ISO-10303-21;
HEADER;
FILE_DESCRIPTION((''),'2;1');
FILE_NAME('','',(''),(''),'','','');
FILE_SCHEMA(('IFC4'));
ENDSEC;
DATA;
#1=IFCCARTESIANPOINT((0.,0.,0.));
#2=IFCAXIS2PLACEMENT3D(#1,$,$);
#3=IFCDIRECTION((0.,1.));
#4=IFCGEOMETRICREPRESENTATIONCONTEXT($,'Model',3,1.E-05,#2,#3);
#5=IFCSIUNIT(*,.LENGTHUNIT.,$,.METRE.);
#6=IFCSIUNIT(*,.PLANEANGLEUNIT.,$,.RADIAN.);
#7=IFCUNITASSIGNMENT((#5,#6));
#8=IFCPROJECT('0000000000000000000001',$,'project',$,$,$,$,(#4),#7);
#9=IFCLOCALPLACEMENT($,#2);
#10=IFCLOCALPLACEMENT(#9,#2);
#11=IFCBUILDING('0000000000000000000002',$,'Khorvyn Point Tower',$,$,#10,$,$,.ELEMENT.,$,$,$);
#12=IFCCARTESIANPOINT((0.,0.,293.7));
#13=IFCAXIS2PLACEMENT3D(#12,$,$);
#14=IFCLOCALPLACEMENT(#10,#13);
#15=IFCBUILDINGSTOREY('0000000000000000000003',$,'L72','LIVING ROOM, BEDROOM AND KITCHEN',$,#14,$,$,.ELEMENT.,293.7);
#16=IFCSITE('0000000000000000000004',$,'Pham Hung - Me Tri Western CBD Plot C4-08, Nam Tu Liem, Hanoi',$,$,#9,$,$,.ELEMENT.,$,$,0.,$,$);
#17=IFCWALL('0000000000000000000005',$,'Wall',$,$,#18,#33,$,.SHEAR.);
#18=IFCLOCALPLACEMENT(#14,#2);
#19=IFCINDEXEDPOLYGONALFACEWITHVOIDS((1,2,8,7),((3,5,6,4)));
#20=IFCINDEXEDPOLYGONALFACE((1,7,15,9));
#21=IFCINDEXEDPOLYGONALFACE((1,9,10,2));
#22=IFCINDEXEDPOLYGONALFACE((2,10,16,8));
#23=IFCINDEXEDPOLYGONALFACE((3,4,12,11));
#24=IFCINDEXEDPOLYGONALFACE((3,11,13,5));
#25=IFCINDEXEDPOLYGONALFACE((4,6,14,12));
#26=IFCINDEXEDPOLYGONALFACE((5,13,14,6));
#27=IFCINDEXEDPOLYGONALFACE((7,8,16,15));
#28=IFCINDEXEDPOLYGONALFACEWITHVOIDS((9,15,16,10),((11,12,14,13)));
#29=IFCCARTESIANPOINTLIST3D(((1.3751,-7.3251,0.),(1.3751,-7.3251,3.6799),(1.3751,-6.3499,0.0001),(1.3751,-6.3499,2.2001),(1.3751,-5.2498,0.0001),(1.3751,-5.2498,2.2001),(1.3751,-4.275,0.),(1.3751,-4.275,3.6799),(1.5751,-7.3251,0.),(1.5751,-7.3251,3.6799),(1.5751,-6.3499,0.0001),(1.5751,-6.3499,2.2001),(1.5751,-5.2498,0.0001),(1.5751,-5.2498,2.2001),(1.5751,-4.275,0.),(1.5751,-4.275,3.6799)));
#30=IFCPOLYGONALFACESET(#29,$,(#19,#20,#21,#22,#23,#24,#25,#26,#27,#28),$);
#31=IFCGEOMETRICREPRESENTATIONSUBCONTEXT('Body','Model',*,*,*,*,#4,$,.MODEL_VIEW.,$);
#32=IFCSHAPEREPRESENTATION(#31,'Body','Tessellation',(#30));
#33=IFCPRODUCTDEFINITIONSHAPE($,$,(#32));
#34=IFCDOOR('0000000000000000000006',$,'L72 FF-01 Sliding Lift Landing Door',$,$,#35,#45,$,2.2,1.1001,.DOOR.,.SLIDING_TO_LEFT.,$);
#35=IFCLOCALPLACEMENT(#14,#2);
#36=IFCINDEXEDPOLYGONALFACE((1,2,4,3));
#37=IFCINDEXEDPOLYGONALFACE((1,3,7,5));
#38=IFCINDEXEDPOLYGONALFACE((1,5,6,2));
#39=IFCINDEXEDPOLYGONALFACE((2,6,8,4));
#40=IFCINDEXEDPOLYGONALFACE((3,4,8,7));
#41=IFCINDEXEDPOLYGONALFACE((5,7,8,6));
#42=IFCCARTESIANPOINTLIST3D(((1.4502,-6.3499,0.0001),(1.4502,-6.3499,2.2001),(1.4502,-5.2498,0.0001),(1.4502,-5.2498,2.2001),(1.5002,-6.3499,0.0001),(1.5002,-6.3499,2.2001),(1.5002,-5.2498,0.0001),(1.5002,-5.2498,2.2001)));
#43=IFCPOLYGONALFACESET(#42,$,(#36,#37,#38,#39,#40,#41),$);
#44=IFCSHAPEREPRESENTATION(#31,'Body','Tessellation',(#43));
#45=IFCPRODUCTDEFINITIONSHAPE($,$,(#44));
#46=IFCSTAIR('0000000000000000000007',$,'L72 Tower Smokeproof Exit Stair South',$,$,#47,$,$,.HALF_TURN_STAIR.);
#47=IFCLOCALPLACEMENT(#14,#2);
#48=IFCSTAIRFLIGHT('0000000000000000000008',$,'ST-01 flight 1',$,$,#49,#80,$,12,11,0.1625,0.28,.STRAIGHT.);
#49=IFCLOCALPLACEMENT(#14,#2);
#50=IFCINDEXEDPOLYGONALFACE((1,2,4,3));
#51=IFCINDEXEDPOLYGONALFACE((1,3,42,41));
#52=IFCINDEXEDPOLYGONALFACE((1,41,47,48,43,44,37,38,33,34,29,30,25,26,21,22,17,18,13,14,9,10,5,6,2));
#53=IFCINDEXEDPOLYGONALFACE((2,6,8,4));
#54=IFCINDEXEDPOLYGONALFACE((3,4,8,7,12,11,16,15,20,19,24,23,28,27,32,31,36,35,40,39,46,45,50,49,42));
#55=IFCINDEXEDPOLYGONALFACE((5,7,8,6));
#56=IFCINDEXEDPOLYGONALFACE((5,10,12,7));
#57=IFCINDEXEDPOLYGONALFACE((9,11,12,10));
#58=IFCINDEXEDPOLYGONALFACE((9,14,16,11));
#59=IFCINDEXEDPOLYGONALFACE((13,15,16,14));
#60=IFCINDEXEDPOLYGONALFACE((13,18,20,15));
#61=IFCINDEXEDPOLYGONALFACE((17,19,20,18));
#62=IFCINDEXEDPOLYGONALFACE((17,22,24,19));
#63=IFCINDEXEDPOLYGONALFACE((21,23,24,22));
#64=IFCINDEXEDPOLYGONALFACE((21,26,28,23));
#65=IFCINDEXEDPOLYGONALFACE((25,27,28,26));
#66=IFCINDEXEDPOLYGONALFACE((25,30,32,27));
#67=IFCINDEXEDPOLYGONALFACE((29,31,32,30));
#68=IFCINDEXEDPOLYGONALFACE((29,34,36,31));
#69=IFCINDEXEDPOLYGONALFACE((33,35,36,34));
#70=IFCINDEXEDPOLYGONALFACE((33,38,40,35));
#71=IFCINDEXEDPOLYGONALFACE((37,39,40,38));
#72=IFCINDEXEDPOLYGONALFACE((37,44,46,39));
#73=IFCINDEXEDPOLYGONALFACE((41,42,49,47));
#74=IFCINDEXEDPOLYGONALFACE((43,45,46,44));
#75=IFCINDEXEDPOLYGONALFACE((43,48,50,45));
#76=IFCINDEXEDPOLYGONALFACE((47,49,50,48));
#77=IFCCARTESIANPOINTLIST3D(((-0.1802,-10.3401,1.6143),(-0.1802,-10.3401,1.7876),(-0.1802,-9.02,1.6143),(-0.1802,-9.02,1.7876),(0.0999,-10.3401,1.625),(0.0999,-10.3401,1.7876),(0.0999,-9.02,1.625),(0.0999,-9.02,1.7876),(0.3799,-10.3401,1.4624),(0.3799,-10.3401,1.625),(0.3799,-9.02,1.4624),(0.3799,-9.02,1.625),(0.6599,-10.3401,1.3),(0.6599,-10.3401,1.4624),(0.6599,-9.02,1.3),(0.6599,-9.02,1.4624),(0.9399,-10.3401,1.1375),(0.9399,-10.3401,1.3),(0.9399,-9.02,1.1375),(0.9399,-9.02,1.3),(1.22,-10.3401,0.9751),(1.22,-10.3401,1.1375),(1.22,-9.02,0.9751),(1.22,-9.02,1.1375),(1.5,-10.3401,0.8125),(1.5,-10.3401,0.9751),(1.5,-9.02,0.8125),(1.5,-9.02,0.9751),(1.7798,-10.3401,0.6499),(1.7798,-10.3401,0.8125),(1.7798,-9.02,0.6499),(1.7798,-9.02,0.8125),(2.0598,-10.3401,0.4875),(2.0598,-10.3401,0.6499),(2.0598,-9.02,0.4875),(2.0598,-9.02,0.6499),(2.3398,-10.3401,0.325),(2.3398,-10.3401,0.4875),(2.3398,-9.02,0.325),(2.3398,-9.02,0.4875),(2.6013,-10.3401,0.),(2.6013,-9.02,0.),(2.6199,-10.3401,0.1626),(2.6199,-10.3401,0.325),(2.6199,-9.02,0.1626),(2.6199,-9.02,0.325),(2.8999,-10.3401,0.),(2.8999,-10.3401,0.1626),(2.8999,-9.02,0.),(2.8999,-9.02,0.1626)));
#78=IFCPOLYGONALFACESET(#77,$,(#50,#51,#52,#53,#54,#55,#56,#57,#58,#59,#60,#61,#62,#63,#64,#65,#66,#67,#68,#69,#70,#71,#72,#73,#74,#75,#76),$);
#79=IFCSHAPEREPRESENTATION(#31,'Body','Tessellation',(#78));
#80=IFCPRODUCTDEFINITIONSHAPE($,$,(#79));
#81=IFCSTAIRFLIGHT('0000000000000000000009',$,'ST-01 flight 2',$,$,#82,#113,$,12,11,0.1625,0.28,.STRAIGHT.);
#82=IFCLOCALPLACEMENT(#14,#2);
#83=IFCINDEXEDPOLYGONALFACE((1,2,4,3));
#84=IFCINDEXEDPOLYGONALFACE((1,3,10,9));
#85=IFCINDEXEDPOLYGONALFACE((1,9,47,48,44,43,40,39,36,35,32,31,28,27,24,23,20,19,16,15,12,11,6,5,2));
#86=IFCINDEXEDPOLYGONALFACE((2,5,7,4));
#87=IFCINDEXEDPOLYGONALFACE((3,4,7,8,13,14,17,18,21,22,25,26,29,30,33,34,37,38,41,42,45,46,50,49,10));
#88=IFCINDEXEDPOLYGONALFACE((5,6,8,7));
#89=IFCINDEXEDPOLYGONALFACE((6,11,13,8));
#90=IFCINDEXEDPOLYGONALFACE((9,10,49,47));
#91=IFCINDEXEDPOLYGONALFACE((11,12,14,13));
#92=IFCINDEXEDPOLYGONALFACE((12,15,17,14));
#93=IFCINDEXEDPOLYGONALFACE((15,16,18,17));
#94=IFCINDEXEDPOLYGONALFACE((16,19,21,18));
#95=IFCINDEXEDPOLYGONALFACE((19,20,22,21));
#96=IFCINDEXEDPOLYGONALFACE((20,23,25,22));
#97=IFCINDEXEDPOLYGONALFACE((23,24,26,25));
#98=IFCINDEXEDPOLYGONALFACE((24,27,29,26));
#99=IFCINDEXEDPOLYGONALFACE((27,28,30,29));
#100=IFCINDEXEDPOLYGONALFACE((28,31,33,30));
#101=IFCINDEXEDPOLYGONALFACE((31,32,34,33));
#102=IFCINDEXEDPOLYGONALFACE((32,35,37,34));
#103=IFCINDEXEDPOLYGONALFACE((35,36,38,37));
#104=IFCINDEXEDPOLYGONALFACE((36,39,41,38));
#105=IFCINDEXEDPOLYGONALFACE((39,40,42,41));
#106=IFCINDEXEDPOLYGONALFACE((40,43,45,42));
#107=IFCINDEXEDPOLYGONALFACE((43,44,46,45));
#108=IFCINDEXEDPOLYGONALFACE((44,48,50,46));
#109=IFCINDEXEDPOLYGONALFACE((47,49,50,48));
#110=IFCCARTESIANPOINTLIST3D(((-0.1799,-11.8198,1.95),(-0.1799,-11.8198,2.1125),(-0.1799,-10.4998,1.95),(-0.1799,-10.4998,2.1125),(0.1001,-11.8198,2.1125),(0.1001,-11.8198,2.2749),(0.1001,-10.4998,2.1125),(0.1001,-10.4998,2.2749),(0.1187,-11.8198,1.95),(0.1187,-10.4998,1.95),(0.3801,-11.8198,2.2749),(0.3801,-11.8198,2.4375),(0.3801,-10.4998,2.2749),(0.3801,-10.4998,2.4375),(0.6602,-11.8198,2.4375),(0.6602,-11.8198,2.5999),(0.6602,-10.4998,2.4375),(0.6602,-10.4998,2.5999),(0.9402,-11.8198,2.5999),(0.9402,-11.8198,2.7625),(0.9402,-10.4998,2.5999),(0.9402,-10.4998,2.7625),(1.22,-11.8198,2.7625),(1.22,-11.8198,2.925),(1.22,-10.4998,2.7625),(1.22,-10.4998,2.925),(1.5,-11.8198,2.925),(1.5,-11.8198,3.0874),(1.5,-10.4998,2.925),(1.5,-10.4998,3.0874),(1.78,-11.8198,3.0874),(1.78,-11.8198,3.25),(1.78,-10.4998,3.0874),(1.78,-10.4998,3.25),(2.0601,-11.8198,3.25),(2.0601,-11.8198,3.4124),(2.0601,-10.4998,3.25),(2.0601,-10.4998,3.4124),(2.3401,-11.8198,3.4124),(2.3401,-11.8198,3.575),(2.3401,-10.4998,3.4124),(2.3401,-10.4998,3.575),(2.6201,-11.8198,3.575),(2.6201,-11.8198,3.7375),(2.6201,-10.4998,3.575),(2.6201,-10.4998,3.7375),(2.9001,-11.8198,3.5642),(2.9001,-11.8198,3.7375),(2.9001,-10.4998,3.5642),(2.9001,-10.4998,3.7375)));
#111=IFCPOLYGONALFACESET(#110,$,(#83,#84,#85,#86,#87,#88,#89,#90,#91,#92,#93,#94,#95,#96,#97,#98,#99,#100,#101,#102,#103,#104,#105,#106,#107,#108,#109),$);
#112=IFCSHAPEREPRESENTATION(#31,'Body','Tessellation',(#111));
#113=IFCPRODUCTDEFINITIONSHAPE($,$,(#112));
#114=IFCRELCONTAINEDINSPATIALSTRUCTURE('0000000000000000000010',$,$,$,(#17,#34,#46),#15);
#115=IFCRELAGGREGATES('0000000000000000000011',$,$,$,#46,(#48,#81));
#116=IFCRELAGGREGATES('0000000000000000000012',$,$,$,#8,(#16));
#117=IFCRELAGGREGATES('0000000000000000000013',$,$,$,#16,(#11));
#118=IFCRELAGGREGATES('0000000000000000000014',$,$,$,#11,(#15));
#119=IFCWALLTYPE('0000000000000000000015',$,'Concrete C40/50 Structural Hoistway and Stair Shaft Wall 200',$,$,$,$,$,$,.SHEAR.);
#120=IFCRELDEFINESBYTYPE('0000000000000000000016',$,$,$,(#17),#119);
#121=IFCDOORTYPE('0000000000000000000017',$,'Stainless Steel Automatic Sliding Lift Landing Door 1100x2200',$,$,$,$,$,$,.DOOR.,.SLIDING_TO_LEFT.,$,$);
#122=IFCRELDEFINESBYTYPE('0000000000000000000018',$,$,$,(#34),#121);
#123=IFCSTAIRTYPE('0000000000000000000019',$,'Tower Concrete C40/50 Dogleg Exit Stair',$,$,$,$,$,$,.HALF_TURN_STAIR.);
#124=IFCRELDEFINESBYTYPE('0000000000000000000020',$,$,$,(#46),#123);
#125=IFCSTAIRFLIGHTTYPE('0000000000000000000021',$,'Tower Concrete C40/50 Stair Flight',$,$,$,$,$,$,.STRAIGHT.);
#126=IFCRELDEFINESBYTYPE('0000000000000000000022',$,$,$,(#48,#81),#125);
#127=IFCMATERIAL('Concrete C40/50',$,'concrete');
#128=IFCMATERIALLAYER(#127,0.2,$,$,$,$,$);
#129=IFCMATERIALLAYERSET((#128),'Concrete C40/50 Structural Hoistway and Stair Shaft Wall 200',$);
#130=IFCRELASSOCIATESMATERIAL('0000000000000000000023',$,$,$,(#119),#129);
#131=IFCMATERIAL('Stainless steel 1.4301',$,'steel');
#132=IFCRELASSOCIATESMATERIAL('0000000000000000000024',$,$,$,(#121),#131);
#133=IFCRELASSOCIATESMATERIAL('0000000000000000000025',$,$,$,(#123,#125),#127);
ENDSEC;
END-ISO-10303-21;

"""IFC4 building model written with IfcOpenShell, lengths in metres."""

from ifc_helpers import new_model, si_unit, direction, frame, frame_2d, origin, place, context, subcontext, project, spatial, polyline, rectangle, outline, extrude, material, layer, layer_set, type_object, element, fill, aggregate, save


model = new_model("IFC4")

# Units and contexts
model_context = context("Model", 3, precision=1e-05, world=origin(), true_north=direction((0.0, 1.0)))
body_context = subcontext(model_context, "Body", "Model", "MODEL_VIEW")
ifc_project = project(units=[si_unit("LENGTHUNIT", "METRE"), si_unit("PLANEANGLEUNIT", "RADIAN")], contexts=[model_context])

# Site, building, storey
site_placement = place(None, origin())
site = spatial("IfcSite", under=ifc_project, at=site_placement, Name="Pham Hung - Me Tri Western CBD Plot C4-08, Nam Tu Liem, Hanoi", CompositionType="ELEMENT", RefElevation=0.0)
building_placement = place(site_placement, origin())
building = spatial("IfcBuilding", under=site, at=building_placement, Name="Khorvyn Point Tower", CompositionType="ELEMENT")
storey_placement = place(building_placement, frame((0.0, 0.0, 293.7)))
storey = spatial("IfcBuildingStorey", under=building, at=storey_placement, Name="L72", Description="LIVING ROOM, BEDROOM AND KITCHEN", CompositionType="ELEMENT", Elevation=293.7)

# Shared definitions
ifc_material_1 = material(Name="Concrete C40/50", Category="concrete")

# Shared definitions
ifc_layer_1 = layer(ifc_material_1, 0.2)
ifc_layer_set_1 = layer_set([ifc_layer_1], Name="Concrete C40/50 Structural Hoistway and Stair Shaft Wall 200")
wall_type_1 = type_object("IfcWallType", Name="Concrete C40/50 Structural Hoistway and Stair Shaft Wall 200", PredefinedType="SHEAR", material=ifc_layer_set_1)
ifc_material_2 = material(Name="Stainless steel 1.4301", Category="steel")
door_type_1 = type_object("IfcDoorType", Name="Stainless Steel Automatic Sliding Lift Landing Door 1100x2200", OperationType="SLIDING_TO_LEFT", PredefinedType="DOOR", material=ifc_material_2)

# Wall, opening, door
wall_1_placement = place(storey_placement, frame((1.4751, -7.325, 0.0), z_axis=(0.0, 0.0, 1.0), x_axis=(0.0, 1.0, 0.0)))
wall_1 = element("IfcWall", 1, at=wall_1_placement, inside=storey, type_object=wall_type_1, Name="Wall", PredefinedType="SHEAR", context=body_context, shape_type="SweptSolid", body=[
    extrude(rectangle(XDim=3.05, YDim=0.2, at=frame_2d((1.5249, 0.0))), origin(), (0.0, 0.0, 1.0), 3.6799),
])
opening_1_placement = place(wall_1_placement, frame((0.9751, 0.0, 0.0)))
opening_1 = element("IfcOpeningElement", 2, at=opening_1_placement, cuts=wall_1, PredefinedType="OPENING", context=body_context, shape_type="SweptSolid", body=[
    extrude(rectangle(XDim=1.1001, YDim=2.2, at=frame_2d((0.55, 1.1001))), frame((0.0, 0.1099, 0.0), z_axis=(0.0, -1.0, 0.0), x_axis=(1.0, 0.0, 0.0)), (0.0, 0.0, 1.0), 0.22),
])
door_1_placement = place(opening_1_placement, origin())
door_1 = element("IfcDoor", 3, at=door_1_placement, inside=storey, type_object=door_type_1, Name="L72 FF-01 Sliding Lift Landing Door", OperationType="SLIDING_TO_LEFT", OverallHeight=2.2, OverallWidth=1.1001, PredefinedType="DOOR", context=body_context, shape_type="SweptSolid", body=[
    extrude(rectangle(XDim=1.1001, YDim=2.2, at=frame_2d((0.55, 1.1001))), frame((0.0, 0.0249, 0.0), z_axis=(0.0, -1.0, 0.0), x_axis=(1.0, 0.0, 0.0)), (0.0, 0.0, 1.0), 0.05),
])
fill(opening_1, door_1)

# Stair, stair flights
stair_type = type_object("IfcStairType", Name="Tower Concrete C40/50 Dogleg Exit Stair", PredefinedType="HALF_TURN_STAIR", material=ifc_material_1)
stair_placement = place(storey_placement, origin())
stair = element("IfcStair", 4, at=stair_placement, inside=storey, type_object=stair_type, Name="L72 Tower Smokeproof Exit Stair South", PredefinedType="HALF_TURN_STAIR")
stair_flight_type = type_object("IfcStairFlightType", Name="Tower Concrete C40/50 Stair Flight", PredefinedType="STRAIGHT", material=ifc_material_1)
stair_flight_1_placement = place(storey_placement, frame((2.8999, -9.6799, 0.0), z_axis=(0.0, 0.0, 1.0), x_axis=(-1.0, 0.0, 0.0)))
stair_flight_1 = element("IfcStairFlight", 5, at=stair_flight_1_placement, type_object=stair_flight_type, Name="ST-01 flight 1", NumberOfRisers=12, NumberOfTreads=11, PredefinedType="STRAIGHT", RiserHeight=0.1625, TreadLength=0.28, context=body_context, shape_type="SweptSolid", body=[
    extrude(outline(polyline([(0.0, 0.0), (0.0, 0.1626), (0.28, 0.1626), (0.28, 0.325), (0.5601, 0.325), (0.5601, 0.4875), (0.8401, 0.4875), (0.8401, 0.6499), (1.1201, 0.6499), (1.1201, 0.8125), (1.3999, 0.8125), (1.3999, 0.9751), (1.6799, 0.9751), (1.6799, 1.1375), (1.96, 1.1375), (1.96, 1.3), (2.24, 1.3), (2.24, 1.4624), (2.52, 1.4624), (2.52, 1.625), (2.8, 1.625), (2.8, 1.7876), (3.0801, 1.7876), (3.0801, 1.95), (3.0801, 1.6143), (0.2986, 0.0), (0.0, 0.0)])), frame((0.0, 0.6602, 0.0), z_axis=(0.0, -1.0, 0.0), x_axis=(1.0, 0.0, 0.0)), (0.0, 0.0, 1.0), 1.3201),
])
stair_flight_2_placement = place(storey_placement, frame((-0.1799, -11.1599, 1.95), z_axis=(0.0, 0.0, 1.0), x_axis=(1.0, 0.0, 0.0)))
stair_flight_2 = element("IfcStairFlight", 6, at=stair_flight_2_placement, type_object=stair_flight_type, Name="ST-01 flight 2", NumberOfRisers=12, NumberOfTreads=11, PredefinedType="STRAIGHT", RiserHeight=0.1625, TreadLength=0.28, context=body_context, shape_type="SweptSolid", body=[
    extrude(outline(polyline([(0.0, 0.0), (0.0, 0.1626), (0.28, 0.1626), (0.28, 0.325), (0.5601, 0.325), (0.5601, 0.4875), (0.8401, 0.4875), (0.8401, 0.6499), (1.1201, 0.6499), (1.1201, 0.8125), (1.3999, 0.8125), (1.3999, 0.9751), (1.6799, 0.9751), (1.6799, 1.1375), (1.96, 1.1375), (1.96, 1.3), (2.24, 1.3), (2.24, 1.4624), (2.52, 1.4624), (2.52, 1.625), (2.8, 1.625), (2.8, 1.7876), (3.0801, 1.7876), (3.0801, 1.95), (3.0801, 1.6143), (0.2986, 0.0), (0.0, 0.0)])), frame((0.0, 0.6602, 0.0), z_axis=(0.0, -1.0, 0.0), x_axis=(1.0, 0.0, 0.0)), (0.0, 0.0, 1.0), 1.3201),
])
aggregate(stair, [stair_flight_1, stair_flight_2])

save(model, "model.ifc")
